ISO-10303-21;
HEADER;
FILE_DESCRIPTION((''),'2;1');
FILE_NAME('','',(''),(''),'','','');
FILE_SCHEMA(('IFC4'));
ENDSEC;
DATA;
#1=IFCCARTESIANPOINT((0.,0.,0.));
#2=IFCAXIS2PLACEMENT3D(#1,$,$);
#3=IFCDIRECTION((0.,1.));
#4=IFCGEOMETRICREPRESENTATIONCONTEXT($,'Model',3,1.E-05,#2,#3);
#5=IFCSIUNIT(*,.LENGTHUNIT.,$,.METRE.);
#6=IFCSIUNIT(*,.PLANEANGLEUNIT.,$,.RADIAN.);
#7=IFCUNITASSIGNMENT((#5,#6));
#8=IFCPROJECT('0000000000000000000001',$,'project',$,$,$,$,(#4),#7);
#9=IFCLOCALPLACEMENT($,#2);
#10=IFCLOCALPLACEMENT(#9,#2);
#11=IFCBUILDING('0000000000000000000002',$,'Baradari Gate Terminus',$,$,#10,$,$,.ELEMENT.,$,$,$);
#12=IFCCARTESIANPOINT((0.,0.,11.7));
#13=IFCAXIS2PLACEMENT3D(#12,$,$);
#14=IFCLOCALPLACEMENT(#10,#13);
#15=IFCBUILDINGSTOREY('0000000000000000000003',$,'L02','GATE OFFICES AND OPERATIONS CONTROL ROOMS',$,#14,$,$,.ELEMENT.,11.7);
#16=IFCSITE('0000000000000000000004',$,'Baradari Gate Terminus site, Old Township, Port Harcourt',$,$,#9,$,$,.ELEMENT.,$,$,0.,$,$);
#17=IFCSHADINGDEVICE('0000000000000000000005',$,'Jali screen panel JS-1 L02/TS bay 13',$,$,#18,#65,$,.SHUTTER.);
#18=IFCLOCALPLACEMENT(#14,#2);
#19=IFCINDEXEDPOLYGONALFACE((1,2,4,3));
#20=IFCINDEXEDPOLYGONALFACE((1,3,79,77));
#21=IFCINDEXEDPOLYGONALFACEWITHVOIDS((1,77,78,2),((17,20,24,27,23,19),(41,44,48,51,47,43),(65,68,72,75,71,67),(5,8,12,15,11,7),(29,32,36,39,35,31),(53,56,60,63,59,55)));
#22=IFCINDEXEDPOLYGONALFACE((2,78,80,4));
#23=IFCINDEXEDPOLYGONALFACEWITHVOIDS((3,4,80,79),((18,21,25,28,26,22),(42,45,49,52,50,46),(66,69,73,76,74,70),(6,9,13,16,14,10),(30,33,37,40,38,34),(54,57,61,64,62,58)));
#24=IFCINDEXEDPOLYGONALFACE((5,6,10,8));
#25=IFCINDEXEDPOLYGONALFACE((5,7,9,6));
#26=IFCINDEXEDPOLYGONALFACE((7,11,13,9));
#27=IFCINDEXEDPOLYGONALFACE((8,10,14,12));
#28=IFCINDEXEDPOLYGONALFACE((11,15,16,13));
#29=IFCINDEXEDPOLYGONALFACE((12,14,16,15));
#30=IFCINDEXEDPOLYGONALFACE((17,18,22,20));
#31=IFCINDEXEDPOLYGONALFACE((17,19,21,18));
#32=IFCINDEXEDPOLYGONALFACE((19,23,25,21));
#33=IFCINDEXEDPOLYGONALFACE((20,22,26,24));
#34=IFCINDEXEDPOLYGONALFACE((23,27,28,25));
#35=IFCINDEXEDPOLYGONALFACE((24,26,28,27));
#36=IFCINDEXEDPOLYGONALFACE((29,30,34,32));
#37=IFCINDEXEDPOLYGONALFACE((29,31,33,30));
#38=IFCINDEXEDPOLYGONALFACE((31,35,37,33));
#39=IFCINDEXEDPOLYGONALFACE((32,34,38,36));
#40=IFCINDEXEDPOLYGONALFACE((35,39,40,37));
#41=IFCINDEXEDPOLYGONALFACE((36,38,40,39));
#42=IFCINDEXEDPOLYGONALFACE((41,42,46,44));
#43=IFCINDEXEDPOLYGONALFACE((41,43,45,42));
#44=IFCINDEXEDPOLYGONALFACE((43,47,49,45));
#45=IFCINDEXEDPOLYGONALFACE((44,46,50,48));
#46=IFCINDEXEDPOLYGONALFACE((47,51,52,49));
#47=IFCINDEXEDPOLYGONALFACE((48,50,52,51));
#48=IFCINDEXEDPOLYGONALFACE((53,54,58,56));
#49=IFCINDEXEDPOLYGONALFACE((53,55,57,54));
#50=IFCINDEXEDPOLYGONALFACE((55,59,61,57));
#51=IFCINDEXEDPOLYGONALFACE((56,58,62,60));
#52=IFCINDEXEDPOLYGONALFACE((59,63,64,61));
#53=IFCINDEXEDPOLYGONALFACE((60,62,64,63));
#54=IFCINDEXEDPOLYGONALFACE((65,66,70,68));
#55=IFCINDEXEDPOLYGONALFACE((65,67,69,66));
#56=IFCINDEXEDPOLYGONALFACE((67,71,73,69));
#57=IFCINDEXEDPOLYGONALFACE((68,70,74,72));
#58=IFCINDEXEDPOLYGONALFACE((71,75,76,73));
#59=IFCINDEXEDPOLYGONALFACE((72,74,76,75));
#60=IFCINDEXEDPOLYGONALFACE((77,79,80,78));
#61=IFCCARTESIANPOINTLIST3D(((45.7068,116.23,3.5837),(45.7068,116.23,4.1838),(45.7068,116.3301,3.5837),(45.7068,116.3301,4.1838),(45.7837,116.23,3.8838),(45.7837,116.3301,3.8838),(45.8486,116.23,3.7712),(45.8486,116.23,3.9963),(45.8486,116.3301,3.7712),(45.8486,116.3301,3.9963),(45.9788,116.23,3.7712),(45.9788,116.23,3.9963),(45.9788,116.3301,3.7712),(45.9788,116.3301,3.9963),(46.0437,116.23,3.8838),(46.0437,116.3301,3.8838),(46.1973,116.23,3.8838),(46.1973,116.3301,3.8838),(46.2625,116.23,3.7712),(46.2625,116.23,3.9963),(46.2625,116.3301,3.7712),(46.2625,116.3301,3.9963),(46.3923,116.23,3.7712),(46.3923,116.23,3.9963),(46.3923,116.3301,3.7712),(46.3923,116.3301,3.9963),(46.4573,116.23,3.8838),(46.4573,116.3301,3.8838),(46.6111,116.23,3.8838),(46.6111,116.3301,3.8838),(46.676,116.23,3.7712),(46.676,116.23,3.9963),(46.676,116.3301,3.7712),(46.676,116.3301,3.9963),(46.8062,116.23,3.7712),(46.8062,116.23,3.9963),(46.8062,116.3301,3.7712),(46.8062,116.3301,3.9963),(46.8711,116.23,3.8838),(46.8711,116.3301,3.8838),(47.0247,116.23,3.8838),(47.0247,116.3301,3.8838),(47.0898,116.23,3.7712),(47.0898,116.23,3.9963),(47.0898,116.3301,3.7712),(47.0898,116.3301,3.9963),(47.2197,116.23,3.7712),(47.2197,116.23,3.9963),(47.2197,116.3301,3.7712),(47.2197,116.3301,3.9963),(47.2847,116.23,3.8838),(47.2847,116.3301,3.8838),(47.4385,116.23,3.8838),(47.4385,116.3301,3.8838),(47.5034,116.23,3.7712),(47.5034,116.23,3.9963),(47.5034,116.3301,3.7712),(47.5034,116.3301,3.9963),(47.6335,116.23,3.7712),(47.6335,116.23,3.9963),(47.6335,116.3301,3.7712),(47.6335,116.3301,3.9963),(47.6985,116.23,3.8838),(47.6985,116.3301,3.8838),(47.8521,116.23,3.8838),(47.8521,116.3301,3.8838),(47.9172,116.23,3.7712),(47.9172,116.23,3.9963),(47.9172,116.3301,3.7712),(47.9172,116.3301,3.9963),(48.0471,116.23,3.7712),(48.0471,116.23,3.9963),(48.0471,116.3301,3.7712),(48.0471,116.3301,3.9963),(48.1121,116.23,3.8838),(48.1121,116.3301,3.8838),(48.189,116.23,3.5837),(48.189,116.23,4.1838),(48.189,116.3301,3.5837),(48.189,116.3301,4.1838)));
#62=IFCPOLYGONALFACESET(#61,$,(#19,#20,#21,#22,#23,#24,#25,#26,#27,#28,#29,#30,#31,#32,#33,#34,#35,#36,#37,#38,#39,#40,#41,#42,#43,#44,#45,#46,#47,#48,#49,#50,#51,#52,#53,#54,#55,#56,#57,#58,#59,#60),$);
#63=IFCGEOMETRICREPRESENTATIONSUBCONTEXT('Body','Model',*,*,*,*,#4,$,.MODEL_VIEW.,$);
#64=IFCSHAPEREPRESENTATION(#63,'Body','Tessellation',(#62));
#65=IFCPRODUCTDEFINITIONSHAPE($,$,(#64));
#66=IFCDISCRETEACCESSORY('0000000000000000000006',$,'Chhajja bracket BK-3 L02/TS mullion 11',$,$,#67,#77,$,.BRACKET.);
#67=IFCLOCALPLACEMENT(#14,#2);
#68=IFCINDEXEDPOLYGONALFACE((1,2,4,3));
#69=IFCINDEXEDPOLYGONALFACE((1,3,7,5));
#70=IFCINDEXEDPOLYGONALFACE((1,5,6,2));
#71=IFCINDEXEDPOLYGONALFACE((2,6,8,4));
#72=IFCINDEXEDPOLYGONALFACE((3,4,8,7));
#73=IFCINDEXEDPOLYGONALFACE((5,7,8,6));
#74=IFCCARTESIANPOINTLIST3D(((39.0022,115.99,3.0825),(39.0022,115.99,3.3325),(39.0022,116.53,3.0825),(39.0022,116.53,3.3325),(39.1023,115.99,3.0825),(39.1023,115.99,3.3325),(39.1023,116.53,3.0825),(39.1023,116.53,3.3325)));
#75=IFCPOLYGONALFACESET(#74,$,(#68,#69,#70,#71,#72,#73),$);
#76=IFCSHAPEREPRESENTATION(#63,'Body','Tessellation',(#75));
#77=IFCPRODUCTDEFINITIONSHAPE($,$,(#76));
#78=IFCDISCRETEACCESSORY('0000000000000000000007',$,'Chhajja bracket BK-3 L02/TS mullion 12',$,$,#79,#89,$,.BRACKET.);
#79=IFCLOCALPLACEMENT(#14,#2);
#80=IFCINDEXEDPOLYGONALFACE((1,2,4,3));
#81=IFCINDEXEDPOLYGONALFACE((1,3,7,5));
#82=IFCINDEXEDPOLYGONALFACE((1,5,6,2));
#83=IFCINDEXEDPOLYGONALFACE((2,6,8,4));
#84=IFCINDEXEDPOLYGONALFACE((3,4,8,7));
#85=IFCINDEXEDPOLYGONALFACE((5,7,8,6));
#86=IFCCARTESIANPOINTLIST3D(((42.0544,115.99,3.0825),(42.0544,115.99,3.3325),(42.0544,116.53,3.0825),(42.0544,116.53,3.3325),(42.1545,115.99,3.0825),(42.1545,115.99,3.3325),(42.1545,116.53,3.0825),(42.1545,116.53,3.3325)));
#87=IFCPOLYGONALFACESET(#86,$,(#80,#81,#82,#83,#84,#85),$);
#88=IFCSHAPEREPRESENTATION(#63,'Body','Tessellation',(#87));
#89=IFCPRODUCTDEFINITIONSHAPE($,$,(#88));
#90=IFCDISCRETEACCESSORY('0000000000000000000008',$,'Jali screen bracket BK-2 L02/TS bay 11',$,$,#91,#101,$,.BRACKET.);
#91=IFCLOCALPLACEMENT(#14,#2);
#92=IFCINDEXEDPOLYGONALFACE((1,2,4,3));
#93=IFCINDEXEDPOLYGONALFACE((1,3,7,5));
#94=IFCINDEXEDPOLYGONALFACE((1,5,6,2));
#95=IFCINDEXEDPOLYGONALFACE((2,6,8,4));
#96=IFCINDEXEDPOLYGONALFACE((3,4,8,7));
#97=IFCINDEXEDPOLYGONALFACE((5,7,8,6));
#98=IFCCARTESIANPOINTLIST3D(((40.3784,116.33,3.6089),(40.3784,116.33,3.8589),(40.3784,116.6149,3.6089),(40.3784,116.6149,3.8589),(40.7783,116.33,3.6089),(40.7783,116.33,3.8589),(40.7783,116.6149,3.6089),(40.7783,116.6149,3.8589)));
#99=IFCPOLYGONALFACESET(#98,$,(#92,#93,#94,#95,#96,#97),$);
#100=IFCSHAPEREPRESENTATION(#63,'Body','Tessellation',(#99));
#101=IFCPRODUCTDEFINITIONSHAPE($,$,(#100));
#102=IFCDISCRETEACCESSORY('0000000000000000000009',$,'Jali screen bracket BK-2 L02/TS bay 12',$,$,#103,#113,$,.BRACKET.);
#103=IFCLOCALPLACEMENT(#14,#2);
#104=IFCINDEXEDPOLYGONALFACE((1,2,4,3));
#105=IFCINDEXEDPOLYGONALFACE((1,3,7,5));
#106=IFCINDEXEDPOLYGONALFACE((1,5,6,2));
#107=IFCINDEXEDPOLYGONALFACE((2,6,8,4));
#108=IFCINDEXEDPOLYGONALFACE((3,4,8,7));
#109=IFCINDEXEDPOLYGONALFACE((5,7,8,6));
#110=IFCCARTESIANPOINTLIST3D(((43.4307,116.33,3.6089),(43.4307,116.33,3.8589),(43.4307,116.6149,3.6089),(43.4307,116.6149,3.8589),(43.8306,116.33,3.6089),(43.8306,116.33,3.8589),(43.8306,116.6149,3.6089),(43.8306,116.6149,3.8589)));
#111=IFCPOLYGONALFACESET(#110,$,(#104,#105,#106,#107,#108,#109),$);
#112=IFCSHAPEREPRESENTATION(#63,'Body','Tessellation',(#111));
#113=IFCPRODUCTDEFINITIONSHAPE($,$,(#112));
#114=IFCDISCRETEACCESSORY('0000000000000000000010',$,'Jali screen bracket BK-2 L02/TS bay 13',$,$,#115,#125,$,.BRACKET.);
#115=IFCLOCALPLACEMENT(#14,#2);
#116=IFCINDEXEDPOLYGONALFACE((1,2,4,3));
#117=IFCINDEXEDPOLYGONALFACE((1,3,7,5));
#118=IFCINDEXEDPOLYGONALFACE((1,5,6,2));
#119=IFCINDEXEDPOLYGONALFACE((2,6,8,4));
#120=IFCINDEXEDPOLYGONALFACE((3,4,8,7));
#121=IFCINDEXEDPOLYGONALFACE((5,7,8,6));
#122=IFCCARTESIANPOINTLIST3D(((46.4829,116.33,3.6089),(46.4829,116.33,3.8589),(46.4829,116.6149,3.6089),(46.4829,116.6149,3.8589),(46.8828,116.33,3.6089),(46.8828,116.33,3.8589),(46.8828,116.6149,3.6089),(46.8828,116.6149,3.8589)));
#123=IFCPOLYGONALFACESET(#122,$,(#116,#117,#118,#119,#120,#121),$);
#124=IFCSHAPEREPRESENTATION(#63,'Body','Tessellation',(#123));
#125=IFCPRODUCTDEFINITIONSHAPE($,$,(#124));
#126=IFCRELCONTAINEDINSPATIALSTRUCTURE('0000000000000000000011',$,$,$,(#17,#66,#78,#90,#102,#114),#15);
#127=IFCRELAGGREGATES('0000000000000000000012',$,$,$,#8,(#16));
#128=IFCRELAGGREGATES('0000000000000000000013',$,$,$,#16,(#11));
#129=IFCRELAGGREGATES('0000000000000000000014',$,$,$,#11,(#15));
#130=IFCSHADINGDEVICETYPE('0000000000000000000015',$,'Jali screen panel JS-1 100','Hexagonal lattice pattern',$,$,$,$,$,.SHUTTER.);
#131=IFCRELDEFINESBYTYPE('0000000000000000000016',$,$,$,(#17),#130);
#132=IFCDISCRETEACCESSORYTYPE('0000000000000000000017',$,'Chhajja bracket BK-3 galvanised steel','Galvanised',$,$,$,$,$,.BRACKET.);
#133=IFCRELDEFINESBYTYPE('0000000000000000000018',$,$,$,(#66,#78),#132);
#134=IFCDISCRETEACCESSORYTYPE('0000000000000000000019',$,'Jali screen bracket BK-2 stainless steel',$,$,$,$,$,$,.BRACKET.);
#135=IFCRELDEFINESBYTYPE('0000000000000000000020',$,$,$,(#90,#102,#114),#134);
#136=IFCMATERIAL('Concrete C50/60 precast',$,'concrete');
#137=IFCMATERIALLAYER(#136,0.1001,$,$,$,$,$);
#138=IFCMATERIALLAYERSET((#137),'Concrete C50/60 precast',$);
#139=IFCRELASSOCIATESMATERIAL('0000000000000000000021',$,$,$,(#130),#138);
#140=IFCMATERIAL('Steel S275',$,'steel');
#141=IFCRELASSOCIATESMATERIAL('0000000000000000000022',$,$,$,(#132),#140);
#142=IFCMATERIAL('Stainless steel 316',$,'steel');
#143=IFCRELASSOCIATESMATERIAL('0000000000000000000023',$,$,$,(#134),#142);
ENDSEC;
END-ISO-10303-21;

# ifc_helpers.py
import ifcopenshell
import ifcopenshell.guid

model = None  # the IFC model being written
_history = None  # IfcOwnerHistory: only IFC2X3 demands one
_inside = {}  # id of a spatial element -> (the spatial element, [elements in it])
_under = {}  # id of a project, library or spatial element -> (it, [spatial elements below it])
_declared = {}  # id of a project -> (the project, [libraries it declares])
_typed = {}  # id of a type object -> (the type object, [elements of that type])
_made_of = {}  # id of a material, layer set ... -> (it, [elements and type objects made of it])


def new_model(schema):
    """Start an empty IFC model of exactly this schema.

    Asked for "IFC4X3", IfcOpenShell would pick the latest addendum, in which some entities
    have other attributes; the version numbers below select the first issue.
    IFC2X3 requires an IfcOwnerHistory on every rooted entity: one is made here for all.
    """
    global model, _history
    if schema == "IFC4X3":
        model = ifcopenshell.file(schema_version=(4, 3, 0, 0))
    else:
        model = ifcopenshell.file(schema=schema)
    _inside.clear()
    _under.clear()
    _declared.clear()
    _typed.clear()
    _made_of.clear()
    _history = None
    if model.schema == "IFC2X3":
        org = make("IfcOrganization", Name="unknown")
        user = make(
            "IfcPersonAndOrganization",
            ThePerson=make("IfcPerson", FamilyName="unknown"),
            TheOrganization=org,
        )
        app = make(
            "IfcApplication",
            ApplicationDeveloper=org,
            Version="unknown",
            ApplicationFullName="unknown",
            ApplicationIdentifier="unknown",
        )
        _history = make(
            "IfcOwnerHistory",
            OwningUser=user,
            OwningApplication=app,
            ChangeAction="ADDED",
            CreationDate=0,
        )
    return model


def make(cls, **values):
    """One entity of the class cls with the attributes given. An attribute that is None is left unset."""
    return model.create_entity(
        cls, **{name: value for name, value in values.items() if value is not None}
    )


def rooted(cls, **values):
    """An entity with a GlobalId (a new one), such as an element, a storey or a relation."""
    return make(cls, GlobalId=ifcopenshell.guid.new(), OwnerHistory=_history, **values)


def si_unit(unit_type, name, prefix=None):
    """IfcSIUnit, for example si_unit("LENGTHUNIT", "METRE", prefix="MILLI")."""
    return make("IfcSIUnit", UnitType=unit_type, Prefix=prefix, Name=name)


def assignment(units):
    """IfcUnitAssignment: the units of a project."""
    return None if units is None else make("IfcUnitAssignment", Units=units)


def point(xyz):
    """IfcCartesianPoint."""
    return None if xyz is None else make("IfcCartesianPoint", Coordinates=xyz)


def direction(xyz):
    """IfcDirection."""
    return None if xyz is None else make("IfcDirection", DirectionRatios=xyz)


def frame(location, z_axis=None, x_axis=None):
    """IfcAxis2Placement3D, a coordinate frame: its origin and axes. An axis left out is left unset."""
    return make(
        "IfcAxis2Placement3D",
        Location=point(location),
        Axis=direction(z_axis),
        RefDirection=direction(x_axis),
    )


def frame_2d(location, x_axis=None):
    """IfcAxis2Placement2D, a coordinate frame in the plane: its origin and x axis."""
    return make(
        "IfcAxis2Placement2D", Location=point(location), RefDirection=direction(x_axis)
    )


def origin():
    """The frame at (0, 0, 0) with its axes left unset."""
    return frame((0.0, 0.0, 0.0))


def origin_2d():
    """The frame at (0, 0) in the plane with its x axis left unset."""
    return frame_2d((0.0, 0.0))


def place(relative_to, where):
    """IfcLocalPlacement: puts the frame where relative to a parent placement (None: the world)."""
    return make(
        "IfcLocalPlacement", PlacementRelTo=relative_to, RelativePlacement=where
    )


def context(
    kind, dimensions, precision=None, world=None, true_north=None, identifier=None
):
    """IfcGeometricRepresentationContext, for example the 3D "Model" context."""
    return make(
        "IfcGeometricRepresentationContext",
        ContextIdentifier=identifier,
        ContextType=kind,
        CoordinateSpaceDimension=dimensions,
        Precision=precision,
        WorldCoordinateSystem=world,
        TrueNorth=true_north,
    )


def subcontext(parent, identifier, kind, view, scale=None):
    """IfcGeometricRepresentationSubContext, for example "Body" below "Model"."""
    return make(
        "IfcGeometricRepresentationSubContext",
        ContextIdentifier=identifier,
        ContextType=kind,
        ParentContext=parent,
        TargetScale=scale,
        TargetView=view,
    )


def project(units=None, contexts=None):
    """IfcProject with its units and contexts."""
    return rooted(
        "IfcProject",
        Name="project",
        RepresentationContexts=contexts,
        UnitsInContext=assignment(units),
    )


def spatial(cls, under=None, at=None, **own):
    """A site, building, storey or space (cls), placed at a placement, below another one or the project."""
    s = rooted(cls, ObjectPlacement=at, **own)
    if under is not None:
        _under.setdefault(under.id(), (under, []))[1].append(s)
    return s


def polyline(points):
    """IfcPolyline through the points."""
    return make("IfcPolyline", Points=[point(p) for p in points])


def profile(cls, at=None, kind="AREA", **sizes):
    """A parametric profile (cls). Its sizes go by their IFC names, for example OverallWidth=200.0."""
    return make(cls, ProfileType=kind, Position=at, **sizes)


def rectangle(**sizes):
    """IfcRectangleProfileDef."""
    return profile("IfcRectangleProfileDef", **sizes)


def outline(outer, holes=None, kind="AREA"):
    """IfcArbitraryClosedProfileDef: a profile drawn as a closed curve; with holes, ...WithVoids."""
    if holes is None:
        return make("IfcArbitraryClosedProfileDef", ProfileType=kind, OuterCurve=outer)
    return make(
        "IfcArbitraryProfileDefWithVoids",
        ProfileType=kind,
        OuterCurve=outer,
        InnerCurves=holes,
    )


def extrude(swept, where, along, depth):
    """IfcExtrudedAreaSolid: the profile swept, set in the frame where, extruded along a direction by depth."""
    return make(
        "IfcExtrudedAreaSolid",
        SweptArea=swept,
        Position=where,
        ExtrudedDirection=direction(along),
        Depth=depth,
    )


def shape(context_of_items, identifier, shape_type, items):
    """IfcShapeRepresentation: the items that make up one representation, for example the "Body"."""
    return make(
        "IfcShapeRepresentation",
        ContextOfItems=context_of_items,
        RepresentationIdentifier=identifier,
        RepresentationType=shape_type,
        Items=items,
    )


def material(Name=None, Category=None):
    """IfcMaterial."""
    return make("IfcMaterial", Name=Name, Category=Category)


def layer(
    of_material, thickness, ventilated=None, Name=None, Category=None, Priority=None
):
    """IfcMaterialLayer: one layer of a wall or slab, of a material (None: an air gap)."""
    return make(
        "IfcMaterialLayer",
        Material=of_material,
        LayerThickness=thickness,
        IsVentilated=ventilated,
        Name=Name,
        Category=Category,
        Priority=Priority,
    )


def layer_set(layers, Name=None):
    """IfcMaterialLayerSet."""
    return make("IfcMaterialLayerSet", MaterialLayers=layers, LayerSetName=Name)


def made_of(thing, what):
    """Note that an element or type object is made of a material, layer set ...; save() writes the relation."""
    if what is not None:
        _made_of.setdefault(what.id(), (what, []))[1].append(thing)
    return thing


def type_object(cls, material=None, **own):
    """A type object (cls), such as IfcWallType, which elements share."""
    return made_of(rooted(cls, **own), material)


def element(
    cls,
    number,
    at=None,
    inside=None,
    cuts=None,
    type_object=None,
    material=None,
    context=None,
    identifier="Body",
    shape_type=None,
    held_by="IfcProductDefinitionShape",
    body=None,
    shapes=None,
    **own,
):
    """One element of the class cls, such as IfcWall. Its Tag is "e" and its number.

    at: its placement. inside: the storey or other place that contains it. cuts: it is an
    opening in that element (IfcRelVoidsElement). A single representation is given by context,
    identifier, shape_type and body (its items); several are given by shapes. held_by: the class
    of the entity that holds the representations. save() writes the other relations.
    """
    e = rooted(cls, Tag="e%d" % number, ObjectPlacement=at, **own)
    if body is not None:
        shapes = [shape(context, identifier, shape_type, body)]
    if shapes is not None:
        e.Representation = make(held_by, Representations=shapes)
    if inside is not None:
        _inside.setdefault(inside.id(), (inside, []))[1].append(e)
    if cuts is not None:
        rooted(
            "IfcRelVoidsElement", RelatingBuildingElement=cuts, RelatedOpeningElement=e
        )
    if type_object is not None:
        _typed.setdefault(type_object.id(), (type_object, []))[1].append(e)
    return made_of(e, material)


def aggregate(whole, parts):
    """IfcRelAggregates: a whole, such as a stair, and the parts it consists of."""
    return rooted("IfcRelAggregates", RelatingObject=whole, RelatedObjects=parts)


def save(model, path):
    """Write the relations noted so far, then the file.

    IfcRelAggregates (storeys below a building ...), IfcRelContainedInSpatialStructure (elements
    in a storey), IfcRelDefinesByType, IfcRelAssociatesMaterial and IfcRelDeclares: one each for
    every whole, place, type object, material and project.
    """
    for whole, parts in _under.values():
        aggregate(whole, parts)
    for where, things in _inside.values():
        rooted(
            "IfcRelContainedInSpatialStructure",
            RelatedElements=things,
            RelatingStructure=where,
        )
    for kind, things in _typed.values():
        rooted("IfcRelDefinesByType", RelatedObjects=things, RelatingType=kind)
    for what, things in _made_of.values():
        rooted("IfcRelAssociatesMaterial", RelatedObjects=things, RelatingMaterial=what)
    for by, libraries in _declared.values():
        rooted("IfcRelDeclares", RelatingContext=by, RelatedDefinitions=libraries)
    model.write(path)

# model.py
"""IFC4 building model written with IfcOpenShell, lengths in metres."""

from ifc_helpers import new_model, si_unit, direction, frame, origin, origin_2d, place, context, subcontext, project, spatial, polyline, rectangle, outline, extrude, material, layer, layer_set, type_object, element, save


model = new_model("IFC4")

# Units and contexts
model_context = context("Model", 3, precision=1e-05, world=origin(), true_north=direction((0.0, 1.0)))
body_context = subcontext(model_context, "Body", "Model", "MODEL_VIEW")
ifc_project = project(units=[si_unit("LENGTHUNIT", "METRE"), si_unit("PLANEANGLEUNIT", "RADIAN")], contexts=[model_context])

# Site, building, storey
site_placement = place(None, origin())
site = spatial("IfcSite", under=ifc_project, at=site_placement, Name="Baradari Gate Terminus site, Old Township, Port Harcourt", CompositionType="ELEMENT", RefElevation=0.0)
building_placement = place(site_placement, origin())
building = spatial("IfcBuilding", under=site, at=building_placement, Name="Baradari Gate Terminus", CompositionType="ELEMENT")
storey_placement = place(building_placement, frame((0.0, 0.0, 11.7)))
storey = spatial("IfcBuildingStorey", under=building, at=storey_placement, Name="L02", Description="GATE OFFICES AND OPERATIONS CONTROL ROOMS", CompositionType="ELEMENT", Elevation=11.7)

# Shading device
ifc_material_1 = material(Name="Concrete C50/60 precast", Category="concrete")
ifc_layer_1 = layer(ifc_material_1, 0.1001)
ifc_layer_set_1 = layer_set([ifc_layer_1], Name="Concrete C50/60 precast")
shading_device_type_1 = type_object("IfcShadingDeviceType", Name="Jali screen panel JS-1 100", Description="Hexagonal lattice pattern", PredefinedType="SHUTTER", material=ifc_layer_set_1)
for number, where, z_axis, x_axis, name in (
    (1, (45.7068, 116.28, 3.5837), (0.0, 0.0, 1.0), (1.0, 0.0, 0.0), "Jali screen panel JS-1 L02/TS bay 13"),
):
    element("IfcShadingDevice", number, at=place(storey_placement, frame(where, z_axis=z_axis, x_axis=x_axis)), inside=storey, type_object=shading_device_type_1, Name=name, PredefinedType="SHUTTER", context=body_context, shape_type="SweptSolid", body=[
        extrude(outline(polyline([(0.0, 0.0), (2.4822, 0.0), (2.4822, 0.6001), (0.0, 0.6001), (0.0, 0.0)]), holes=[polyline([(0.3369, 0.3), (0.272, 0.1875), (0.1418, 0.1875), (0.0769, 0.3), (0.1418, 0.4126), (0.272, 0.4126), (0.3369, 0.3)]), polyline([(0.7505, 0.3), (0.6855, 0.1875), (0.5557, 0.1875), (0.4905, 0.3), (0.5557, 0.4126), (0.6855, 0.4126), (0.7505, 0.3)]), polyline([(1.1643, 0.3), (1.0994, 0.1875), (0.9692, 0.1875), (0.9043, 0.3), (0.9692, 0.4126), (1.0994, 0.4126), (1.1643, 0.3)]), polyline([(1.5779, 0.3), (1.5129, 0.1875), (1.3831, 0.1875), (1.3179, 0.3), (1.3831, 0.4126), (1.5129, 0.4126), (1.5779, 0.3)]), polyline([(1.9917, 0.3), (1.9268, 0.1875), (1.7966, 0.1875), (1.7317, 0.3), (1.7966, 0.4126), (1.9268, 0.4126), (1.9917, 0.3)]), polyline([(2.4053, 0.3), (2.3403, 0.1875), (2.2104, 0.1875), (2.1453, 0.3), (2.2104, 0.4126), (2.3403, 0.4126), (2.4053, 0.3)])]), frame((0.0, 0.05, 0.0), z_axis=(0.0, -1.0, 0.0), x_axis=(1.0, 0.0, 0.0)), (0.0, 0.0, 1.0), 0.1001),
    ])

# Discrete accessories
ifc_material_2 = material(Name="Steel S275", Category="steel")
discrete_accessory_type_1 = type_object("IfcDiscreteAccessoryType", Name="Chhajja bracket BK-3 galvanised steel", Description="Galvanised", PredefinedType="BRACKET", material=ifc_material_2)
for number, where, z_axis, x_axis, name in (
    (2, (39.0522, 116.26, 3.0825), (0.0, 0.0, 1.0), (0.0, -1.0, 0.0), "Chhajja bracket BK-3 L02/TS mullion 11"),
    (3, (42.1045, 116.26, 3.0825), (0.0, 0.0, 1.0), (0.0, -1.0, 0.0), "Chhajja bracket BK-3 L02/TS mullion 12"),
):
    element("IfcDiscreteAccessory", number, at=place(storey_placement, frame(where, z_axis=z_axis, x_axis=x_axis)), inside=storey, type_object=discrete_accessory_type_1, Name=name, PredefinedType="BRACKET", context=body_context, shape_type="SweptSolid", body=[
        extrude(rectangle(XDim=0.54, YDim=0.1001, at=origin_2d()), origin(), (0.0, 0.0, 1.0), 0.25),
    ])
ifc_material_3 = material(Name="Stainless steel 316", Category="steel")
discrete_accessory_type_2 = type_object("IfcDiscreteAccessoryType", Name="Jali screen bracket BK-2 stainless steel", PredefinedType="BRACKET", material=ifc_material_3)
for number, where, z_axis, x_axis, name in (
    (4, (40.5784, 116.4724, 3.6089), (0.0, 0.0, 1.0), (0.0, -1.0, 0.0), "Jali screen bracket BK-2 L02/TS bay 11"),
    (5, (43.6306, 116.4724, 3.6089), (0.0, 0.0, 1.0), (0.0, -1.0, 0.0), "Jali screen bracket BK-2 L02/TS bay 12"),
    (6, (46.6829, 116.4724, 3.6089), (0.0, 0.0, 1.0), (0.0, -1.0, 0.0), "Jali screen bracket BK-2 L02/TS bay 13"),
):
    element("IfcDiscreteAccessory", number, at=place(storey_placement, frame(where, z_axis=z_axis, x_axis=x_axis)), inside=storey, type_object=discrete_accessory_type_2, Name=name, PredefinedType="BRACKET", context=body_context, shape_type="SweptSolid", body=[
        extrude(rectangle(XDim=0.2849, YDim=0.3999, at=origin_2d()), origin(), (0.0, 0.0, 1.0), 0.25),
    ])

save(model, "model.ifc")
